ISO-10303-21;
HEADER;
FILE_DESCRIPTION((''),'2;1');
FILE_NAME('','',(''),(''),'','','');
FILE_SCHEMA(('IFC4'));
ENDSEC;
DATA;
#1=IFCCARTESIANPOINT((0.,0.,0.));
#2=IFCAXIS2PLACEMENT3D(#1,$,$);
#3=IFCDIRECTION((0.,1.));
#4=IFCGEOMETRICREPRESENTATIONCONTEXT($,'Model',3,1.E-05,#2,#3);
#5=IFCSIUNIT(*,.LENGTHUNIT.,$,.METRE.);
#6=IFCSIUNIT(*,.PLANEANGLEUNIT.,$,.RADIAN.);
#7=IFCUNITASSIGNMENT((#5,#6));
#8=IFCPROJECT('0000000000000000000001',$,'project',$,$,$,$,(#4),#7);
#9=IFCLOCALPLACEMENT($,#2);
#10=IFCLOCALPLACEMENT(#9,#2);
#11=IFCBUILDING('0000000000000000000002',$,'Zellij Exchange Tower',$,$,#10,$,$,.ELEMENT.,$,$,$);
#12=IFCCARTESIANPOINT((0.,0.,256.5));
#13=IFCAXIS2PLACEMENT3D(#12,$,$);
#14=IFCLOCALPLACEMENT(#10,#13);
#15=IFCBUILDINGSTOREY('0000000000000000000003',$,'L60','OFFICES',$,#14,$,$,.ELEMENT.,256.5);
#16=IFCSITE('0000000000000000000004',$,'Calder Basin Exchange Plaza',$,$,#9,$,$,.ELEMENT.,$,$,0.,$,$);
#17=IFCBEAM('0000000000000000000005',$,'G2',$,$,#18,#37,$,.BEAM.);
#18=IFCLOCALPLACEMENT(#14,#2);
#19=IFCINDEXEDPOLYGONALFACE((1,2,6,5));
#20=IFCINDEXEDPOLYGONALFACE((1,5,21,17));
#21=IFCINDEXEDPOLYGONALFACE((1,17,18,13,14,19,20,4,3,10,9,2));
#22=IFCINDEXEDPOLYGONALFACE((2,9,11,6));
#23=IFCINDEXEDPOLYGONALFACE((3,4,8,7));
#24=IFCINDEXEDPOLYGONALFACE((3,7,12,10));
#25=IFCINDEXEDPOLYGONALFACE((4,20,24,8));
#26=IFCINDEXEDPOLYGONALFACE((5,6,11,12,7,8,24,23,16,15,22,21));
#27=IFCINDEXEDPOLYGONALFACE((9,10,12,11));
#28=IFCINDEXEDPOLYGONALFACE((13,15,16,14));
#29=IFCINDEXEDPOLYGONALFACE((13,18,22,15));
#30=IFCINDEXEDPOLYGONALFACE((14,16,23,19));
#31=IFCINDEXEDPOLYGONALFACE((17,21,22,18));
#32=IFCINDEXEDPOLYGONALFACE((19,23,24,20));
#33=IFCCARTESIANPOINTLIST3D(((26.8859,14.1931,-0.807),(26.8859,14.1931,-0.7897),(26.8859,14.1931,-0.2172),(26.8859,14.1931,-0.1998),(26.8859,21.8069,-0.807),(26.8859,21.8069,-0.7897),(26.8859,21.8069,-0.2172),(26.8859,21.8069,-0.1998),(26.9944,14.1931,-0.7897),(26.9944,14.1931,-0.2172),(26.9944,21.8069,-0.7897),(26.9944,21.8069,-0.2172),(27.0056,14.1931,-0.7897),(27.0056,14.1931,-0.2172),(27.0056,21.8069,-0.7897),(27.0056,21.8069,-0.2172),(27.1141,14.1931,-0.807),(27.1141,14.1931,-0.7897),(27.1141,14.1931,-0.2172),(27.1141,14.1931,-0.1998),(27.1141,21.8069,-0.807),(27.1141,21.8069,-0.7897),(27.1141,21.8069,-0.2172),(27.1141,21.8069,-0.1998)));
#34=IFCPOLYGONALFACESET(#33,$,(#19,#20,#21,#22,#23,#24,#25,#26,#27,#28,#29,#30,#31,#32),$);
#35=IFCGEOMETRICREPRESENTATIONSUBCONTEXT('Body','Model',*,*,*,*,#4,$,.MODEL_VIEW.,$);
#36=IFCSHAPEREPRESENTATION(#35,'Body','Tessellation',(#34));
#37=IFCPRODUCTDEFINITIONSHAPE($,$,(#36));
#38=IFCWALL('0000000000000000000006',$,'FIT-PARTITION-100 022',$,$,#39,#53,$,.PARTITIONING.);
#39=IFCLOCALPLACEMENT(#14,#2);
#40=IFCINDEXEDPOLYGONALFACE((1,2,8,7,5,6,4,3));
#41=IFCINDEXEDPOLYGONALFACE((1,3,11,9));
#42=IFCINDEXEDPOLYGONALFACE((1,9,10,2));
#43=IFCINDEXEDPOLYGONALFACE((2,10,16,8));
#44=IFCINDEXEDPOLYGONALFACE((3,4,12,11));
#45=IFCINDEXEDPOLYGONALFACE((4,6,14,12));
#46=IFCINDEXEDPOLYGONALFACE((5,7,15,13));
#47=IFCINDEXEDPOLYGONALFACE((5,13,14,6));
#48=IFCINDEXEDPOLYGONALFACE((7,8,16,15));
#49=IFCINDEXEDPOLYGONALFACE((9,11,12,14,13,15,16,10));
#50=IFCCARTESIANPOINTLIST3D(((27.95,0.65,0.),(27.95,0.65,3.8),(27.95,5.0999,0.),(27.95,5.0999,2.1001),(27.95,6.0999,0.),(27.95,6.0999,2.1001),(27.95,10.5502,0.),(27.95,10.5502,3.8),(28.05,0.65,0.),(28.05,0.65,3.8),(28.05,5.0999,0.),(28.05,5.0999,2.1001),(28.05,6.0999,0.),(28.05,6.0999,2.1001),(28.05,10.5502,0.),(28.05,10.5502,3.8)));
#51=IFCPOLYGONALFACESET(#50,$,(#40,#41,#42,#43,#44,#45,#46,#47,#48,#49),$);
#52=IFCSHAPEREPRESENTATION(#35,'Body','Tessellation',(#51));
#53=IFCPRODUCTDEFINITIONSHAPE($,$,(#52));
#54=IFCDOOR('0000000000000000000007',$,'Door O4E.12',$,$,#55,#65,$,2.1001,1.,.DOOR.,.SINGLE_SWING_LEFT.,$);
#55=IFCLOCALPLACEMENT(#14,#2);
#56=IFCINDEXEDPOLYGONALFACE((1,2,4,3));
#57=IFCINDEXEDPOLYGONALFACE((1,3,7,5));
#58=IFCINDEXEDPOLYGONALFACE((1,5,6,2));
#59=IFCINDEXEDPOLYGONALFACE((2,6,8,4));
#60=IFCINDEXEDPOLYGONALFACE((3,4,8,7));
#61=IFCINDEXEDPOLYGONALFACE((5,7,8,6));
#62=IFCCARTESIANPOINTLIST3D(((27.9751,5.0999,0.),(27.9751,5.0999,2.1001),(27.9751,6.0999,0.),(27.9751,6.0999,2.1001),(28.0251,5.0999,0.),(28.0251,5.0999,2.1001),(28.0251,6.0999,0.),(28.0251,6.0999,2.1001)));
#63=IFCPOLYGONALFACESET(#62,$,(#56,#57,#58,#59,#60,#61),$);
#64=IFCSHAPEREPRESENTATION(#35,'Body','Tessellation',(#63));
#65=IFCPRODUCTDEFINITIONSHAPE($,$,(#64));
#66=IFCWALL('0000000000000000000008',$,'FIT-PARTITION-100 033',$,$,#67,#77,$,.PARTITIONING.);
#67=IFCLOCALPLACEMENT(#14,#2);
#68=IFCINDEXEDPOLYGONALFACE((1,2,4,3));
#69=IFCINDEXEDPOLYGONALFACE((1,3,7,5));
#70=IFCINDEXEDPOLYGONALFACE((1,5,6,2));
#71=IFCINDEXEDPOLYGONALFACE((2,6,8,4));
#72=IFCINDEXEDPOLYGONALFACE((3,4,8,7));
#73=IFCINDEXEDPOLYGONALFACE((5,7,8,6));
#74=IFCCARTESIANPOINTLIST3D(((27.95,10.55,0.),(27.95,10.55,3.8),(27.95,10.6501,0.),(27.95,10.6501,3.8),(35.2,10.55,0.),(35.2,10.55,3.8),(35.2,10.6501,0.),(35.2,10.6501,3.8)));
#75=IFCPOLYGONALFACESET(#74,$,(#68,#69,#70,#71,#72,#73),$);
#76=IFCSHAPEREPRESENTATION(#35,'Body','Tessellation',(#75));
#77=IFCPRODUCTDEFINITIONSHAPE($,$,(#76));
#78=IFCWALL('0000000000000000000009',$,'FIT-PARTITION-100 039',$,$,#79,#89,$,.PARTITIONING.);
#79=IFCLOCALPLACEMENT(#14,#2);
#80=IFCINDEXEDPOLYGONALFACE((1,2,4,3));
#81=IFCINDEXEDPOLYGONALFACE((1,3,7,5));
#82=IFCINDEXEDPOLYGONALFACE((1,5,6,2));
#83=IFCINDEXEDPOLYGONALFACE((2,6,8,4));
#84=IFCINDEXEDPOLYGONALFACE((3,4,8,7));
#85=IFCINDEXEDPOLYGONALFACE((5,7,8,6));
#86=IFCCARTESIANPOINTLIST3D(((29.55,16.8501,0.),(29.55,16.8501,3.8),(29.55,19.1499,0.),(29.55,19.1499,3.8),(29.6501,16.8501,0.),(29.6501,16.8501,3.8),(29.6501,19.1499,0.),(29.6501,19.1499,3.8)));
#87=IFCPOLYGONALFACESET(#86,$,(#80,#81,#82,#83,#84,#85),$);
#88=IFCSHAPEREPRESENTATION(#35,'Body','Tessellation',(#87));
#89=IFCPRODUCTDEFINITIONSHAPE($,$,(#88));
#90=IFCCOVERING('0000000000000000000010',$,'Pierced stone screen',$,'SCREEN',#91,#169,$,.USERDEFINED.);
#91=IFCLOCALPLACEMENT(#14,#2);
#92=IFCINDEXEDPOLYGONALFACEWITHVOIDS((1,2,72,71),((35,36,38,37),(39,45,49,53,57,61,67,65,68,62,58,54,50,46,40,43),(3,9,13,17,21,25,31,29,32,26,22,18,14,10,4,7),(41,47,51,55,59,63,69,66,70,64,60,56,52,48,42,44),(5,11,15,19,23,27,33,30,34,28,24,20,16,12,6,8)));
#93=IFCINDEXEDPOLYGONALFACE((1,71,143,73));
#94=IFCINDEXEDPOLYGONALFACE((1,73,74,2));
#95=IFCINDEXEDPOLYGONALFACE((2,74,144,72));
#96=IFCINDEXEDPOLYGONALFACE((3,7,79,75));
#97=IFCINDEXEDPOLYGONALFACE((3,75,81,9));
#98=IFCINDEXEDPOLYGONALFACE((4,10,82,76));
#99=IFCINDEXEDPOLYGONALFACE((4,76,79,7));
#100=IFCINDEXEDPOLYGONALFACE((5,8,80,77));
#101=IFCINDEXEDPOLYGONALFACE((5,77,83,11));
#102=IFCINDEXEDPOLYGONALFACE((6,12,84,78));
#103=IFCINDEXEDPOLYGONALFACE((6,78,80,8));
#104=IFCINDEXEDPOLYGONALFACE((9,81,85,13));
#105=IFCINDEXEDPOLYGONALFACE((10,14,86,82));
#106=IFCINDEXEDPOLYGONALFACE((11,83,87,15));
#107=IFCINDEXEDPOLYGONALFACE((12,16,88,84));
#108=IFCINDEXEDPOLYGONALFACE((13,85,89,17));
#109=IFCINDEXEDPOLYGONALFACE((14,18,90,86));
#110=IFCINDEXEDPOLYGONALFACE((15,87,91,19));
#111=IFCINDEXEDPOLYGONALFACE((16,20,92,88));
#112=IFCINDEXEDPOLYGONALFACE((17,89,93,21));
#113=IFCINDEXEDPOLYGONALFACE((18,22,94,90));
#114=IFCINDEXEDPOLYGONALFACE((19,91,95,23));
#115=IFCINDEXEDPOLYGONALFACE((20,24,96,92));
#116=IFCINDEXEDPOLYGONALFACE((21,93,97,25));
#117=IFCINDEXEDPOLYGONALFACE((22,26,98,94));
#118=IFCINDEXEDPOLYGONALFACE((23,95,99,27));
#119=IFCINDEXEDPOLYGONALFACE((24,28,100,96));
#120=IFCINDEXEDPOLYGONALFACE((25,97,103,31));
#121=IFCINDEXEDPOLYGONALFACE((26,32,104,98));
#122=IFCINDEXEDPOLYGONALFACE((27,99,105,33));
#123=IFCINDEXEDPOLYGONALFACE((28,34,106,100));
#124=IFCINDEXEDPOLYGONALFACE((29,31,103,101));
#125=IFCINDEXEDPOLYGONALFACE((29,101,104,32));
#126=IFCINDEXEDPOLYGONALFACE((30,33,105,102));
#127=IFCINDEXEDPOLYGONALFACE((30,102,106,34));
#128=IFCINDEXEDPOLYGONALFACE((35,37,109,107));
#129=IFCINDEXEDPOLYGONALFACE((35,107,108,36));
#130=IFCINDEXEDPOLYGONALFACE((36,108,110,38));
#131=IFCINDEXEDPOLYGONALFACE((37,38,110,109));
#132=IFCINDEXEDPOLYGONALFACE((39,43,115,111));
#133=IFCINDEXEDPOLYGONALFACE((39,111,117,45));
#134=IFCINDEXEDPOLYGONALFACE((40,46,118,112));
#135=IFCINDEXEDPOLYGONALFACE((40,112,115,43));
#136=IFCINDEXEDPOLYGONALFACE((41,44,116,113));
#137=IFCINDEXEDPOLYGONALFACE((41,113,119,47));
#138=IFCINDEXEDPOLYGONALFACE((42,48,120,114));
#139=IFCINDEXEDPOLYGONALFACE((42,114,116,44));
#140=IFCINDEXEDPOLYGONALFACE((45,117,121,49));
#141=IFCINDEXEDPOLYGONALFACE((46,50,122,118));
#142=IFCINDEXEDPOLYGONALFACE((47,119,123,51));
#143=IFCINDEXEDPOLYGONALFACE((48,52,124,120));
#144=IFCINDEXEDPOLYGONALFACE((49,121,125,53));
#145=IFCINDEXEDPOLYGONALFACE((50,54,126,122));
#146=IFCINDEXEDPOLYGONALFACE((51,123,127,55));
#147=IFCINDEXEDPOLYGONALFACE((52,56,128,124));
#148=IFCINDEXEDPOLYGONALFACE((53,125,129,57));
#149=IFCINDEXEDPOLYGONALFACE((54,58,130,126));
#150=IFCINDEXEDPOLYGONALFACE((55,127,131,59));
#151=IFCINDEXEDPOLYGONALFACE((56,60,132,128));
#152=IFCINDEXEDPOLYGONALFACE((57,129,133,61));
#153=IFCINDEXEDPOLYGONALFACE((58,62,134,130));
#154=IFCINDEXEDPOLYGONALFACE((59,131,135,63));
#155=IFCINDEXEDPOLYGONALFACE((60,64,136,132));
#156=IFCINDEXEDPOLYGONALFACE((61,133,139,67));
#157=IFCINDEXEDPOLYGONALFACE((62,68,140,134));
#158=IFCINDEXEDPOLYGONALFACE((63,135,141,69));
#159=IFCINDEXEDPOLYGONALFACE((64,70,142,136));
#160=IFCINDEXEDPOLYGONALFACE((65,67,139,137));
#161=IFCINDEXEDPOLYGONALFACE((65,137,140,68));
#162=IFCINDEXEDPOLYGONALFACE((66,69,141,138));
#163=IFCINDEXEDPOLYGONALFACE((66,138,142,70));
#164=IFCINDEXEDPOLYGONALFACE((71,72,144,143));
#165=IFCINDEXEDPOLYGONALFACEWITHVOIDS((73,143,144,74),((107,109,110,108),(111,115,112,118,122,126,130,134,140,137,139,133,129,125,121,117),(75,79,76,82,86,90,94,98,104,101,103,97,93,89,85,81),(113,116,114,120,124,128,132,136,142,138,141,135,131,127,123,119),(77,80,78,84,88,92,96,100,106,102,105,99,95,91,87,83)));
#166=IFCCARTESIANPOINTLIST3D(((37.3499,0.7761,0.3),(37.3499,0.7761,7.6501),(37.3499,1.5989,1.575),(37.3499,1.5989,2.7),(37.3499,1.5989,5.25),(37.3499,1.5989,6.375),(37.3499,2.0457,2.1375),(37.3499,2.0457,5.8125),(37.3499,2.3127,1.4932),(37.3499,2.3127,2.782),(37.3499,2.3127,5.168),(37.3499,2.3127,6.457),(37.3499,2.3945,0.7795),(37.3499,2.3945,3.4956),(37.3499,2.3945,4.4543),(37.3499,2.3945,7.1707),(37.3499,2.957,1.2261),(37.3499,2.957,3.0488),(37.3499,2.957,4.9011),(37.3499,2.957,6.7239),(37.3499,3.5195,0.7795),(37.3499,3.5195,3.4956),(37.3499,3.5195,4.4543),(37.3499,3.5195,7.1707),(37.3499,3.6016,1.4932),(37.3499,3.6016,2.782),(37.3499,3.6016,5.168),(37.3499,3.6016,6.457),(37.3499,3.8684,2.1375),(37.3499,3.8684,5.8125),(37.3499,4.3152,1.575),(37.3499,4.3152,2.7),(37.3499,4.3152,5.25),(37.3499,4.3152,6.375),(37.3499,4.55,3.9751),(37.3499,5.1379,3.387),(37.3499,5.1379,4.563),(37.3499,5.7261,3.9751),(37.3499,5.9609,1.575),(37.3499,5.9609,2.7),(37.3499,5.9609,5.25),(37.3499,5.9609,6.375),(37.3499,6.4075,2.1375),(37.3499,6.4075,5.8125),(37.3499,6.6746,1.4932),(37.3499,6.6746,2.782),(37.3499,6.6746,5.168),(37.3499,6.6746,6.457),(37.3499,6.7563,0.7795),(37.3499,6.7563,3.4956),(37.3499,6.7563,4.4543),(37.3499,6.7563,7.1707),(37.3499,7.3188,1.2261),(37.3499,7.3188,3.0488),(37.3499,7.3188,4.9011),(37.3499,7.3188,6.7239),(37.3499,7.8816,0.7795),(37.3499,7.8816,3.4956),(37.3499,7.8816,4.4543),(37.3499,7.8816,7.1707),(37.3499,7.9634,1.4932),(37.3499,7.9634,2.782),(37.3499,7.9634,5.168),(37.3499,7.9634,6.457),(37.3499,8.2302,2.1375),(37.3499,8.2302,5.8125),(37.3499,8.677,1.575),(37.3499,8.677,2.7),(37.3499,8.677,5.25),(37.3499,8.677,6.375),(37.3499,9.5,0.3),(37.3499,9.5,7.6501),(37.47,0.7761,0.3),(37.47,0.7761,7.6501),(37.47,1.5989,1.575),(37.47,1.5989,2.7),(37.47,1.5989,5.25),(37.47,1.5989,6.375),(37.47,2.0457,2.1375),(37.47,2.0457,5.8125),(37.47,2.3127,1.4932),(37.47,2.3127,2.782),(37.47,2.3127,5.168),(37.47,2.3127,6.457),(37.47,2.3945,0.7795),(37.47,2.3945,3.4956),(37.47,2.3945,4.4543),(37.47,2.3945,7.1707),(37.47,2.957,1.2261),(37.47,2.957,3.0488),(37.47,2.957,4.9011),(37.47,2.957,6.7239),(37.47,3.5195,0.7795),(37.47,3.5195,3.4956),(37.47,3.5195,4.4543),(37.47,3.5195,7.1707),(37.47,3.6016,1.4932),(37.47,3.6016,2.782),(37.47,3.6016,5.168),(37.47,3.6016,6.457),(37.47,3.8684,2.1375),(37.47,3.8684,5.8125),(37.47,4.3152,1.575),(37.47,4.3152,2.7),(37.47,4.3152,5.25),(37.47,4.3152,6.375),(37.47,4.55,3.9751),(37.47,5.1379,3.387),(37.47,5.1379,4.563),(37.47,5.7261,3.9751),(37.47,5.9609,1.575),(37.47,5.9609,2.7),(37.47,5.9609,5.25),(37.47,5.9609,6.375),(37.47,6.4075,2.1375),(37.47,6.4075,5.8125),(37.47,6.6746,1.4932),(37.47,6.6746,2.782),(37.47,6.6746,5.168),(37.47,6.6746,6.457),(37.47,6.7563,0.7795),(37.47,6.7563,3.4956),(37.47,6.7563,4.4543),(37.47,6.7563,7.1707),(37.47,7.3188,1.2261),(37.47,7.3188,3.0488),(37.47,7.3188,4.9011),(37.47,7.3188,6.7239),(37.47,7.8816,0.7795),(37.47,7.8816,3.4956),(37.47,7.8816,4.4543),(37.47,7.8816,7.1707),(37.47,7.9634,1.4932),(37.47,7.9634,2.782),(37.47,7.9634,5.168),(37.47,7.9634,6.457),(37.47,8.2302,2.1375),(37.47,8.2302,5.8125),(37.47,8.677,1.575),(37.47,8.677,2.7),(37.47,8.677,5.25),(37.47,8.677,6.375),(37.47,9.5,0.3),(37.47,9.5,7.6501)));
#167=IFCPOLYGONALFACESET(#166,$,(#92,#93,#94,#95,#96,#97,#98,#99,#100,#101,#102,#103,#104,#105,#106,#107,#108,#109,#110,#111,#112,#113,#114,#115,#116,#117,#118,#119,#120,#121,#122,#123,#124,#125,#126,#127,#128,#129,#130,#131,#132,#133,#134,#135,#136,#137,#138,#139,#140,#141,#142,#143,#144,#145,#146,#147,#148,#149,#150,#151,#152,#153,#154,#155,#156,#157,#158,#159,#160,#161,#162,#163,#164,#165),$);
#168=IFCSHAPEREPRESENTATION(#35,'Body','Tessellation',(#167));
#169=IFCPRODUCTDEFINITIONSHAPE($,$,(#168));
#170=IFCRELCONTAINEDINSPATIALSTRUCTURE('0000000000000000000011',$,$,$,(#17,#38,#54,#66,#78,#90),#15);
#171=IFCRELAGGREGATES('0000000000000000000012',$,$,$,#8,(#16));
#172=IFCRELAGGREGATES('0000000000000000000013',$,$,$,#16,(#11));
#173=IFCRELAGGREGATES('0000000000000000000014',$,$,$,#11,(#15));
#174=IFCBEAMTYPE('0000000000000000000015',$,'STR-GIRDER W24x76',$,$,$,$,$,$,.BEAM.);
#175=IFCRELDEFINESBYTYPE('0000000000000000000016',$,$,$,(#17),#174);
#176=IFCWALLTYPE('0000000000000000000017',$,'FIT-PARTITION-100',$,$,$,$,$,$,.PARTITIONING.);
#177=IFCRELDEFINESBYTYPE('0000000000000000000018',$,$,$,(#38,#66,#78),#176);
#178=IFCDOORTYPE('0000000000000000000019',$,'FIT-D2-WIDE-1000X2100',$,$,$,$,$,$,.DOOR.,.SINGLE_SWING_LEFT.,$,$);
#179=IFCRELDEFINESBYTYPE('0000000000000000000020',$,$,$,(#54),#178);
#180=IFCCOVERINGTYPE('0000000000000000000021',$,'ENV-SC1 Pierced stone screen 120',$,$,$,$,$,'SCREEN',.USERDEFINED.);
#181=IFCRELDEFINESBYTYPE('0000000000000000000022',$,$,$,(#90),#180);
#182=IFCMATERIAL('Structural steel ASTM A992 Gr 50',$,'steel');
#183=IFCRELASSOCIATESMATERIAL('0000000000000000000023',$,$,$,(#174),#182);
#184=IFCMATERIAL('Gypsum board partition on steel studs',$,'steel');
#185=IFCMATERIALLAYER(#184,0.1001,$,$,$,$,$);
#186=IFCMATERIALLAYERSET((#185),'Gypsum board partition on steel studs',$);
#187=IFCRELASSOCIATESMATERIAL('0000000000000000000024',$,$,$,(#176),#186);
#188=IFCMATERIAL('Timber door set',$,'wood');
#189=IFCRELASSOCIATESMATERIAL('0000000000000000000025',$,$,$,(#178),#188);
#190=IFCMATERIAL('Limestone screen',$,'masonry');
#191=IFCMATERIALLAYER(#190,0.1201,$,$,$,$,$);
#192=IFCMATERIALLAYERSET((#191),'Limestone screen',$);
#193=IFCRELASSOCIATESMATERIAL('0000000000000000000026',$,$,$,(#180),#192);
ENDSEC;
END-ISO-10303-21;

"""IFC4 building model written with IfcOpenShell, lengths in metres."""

from ifc_helpers import new_model, si_unit, direction, frame, frame_2d, origin, origin_2d, place, context, subcontext, project, spatial, polyline, rectangle, i_section, outline, extrude, material, layer, layer_set, material_profile, profile_set, type_object, element, fill, save


model = new_model("IFC4")

# Units and contexts
model_context = context("Model", 3, precision=1e-05, world=origin(), true_north=direction((0.0, 1.0)))
body_context = subcontext(model_context, "Body", "Model", "MODEL_VIEW")
ifc_project = project(units=[si_unit("LENGTHUNIT", "METRE"), si_unit("PLANEANGLEUNIT", "RADIAN")], contexts=[model_context])

# Site, building, storey
site_placement = place(None, origin())
site = spatial("IfcSite", under=ifc_project, at=site_placement, Name="Calder Basin Exchange Plaza", CompositionType="ELEMENT", RefElevation=0.0)
building_placement = place(site_placement, origin())
building = spatial("IfcBuilding", under=site, at=building_placement, Name="Zellij Exchange Tower", CompositionType="ELEMENT")
storey_placement = place(building_placement, frame((0.0, 0.0, 256.5)))
storey = spatial("IfcBuildingStorey", under=building, at=storey_placement, Name="L60", Description="OFFICES", CompositionType="ELEMENT", Elevation=256.5)

# Shared definitions
ifc_material_1 = material(Name="Structural steel ASTM A992 Gr 50", Category="steel")

# Beam
ifc_material_profile_1 = material_profile(ifc_material_1, i_section(OverallWidth=0.2283, OverallDepth=0.6072, WebThickness=0.0112, FlangeThickness=0.0173, at=origin_2d()), Name="W24x76")
ifc_profile_set_1 = profile_set([ifc_material_profile_1], Name="Structural steel ASTM A992 Gr 50")
beam_type_1 = type_object("IfcBeamType", Name="STR-GIRDER W24x76", PredefinedType="BEAM", material=ifc_profile_set_1)
beam_1_placement = place(storey_placement, frame((27.0, 14.1931, -0.5034), z_axis=(0.0, 1.0, 0.0), x_axis=(-1.0, 0.0, 0.0)))
element("IfcBeam", 1, at=beam_1_placement, inside=storey, type_object=beam_type_1, Name="G2", PredefinedType="BEAM", context=body_context, shape_type="SweptSolid", body=[
    extrude(i_section(OverallWidth=0.2283, OverallDepth=0.6072, WebThickness=0.0112, FlangeThickness=0.0173, at=origin_2d()), origin(), (0.0, 0.0, 1.0), 7.6138),
])

# Wall, opening, door
ifc_material_2 = material(Name="Gypsum board partition on steel studs", Category="steel")
ifc_layer_1 = layer(ifc_material_2, 0.1001)
ifc_layer_set_1 = layer_set([ifc_layer_1], Name="Gypsum board partition on steel studs")
wall_type = type_object("IfcWallType", Name="FIT-PARTITION-100", PredefinedType="PARTITIONING", material=ifc_layer_set_1)
wall_1_placement = place(storey_placement, frame((28.0, 0.6499, 0.0), z_axis=(0.0, 0.0, 1.0), x_axis=(0.0, 1.0, 0.0)))
wall_1 = element("IfcWall", 2, at=wall_1_placement, inside=storey, type_object=wall_type, Name="FIT-PARTITION-100 022", PredefinedType="PARTITIONING", context=body_context, shape_type="SweptSolid", body=[
    extrude(rectangle(XDim=9.9001, YDim=0.1001, at=frame_2d((4.9502, 0.0))), origin(), (0.0, 0.0, 1.0), 3.8),
])
opening_placement = place(wall_1_placement, frame((4.45, 0.0, 0.0)))
opening = element("IfcOpeningElement", 3, at=opening_placement, cuts=wall_1, PredefinedType="OPENING", context=body_context, shape_type="SweptSolid", body=[
    extrude(rectangle(XDim=1.0, YDim=2.1001, at=frame_2d((0.5, 1.05))), frame((0.0, 0.062, 0.0), z_axis=(0.0, -1.0, 0.0), x_axis=(1.0, 0.0, 0.0)), (0.0, 0.0, 1.0), 0.124),
])
ifc_material_3 = material(Name="Timber door set", Category="wood")
door_type = type_object("IfcDoorType", Name="FIT-D2-WIDE-1000X2100", OperationType="SINGLE_SWING_LEFT", PredefinedType="DOOR", material=ifc_material_3)
door_placement = place(opening_placement, origin())
door = element("IfcDoor", 4, at=door_placement, inside=storey, type_object=door_type, Name="Door O4E.12", OperationType="SINGLE_SWING_LEFT", OverallHeight=2.1001, OverallWidth=1.0, PredefinedType="DOOR", context=body_context, shape_type="SweptSolid", body=[
    extrude(rectangle(XDim=1.0, YDim=2.1001, at=frame_2d((0.5, 1.05))), frame((0.0, 0.0249, 0.0), z_axis=(0.0, -1.0, 0.0), x_axis=(1.0, 0.0, 0.0)), (0.0, 0.0, 1.0), 0.05),
])
fill(opening, door)

# Walls
wall_2_placement = place(storey_placement, frame((27.95, 10.6001, 0.0), z_axis=(0.0, 0.0, 1.0), x_axis=(1.0, 0.0, 0.0)))
element("IfcWall", 5, at=wall_2_placement, inside=storey, type_object=wall_type, Name="FIT-PARTITION-100 033", PredefinedType="PARTITIONING", context=body_context, shape_type="SweptSolid", body=[
    extrude(rectangle(XDim=7.25, YDim=0.1001, at=frame_2d((3.625, 0.0))), origin(), (0.0, 0.0, 1.0), 3.8),
])
wall_3_placement = place(storey_placement, frame((29.6001, 16.8501, 0.0), z_axis=(0.0, 0.0, 1.0), x_axis=(0.0, 1.0, 0.0)))
element("IfcWall", 6, at=wall_3_placement, inside=storey, type_object=wall_type, Name="FIT-PARTITION-100 039", PredefinedType="PARTITIONING", context=body_context, shape_type="SweptSolid", body=[
    extrude(rectangle(XDim=2.2998, YDim=0.1001, at=frame_2d((1.1499, 0.0))), origin(), (0.0, 0.0, 1.0), 3.8),
])

# Covering
ifc_material_4 = material(Name="Limestone screen", Category="masonry")
ifc_layer_2 = layer(ifc_material_4, 0.1201)
ifc_layer_set_2 = layer_set([ifc_layer_2], Name="Limestone screen")
covering_type = type_object("IfcCoveringType", Name="ENV-SC1 Pierced stone screen 120", ElementType="SCREEN", PredefinedType="USERDEFINED", material=ifc_layer_set_2)
covering_1_placement = place(storey_placement, frame((37.4099, 0.7761, 0.3), z_axis=(0.0, 0.0, 1.0), x_axis=(0.0, 1.0, 0.0)))
element("IfcCovering", 7, at=covering_1_placement, inside=storey, type_object=covering_type, Name="Pierced stone screen", ObjectType="SCREEN", PredefinedType="USERDEFINED", context=body_context, shape_type="SweptSolid", body=[
    extrude(outline(polyline([(0.0, 0.0), (8.7239, 0.0), (8.7239, 7.3501), (0.0, 7.3501), (0.0, 0.0)]), holes=[polyline([(3.5391, 2.3999), (2.8254, 2.4819), (2.7434, 3.1956), (2.1809, 2.7488), (1.6184, 3.1956), (1.5366, 2.4819), (0.8228, 2.3999), (1.2695, 1.8374), (0.8228, 1.2749), (1.5366, 1.1931), (1.6184, 0.4795), (2.1809, 0.926), (2.7434, 0.4795), (2.8254, 1.1931), (3.5391, 1.2749), (3.0923, 1.8374), (3.5391, 2.3999)]), polyline([(3.5391, 6.075), (2.8254, 6.157), (2.7434, 6.8706), (2.1809, 6.4238), (1.6184, 6.8706), (1.5366, 6.157), (0.8228, 6.075), (1.2695, 5.5125), (0.8228, 4.95), (1.5366, 4.8679), (1.6184, 4.1543), (2.1809, 4.6011), (2.7434, 4.1543), (2.8254, 4.8679), (3.5391, 4.95), (3.0923, 5.5125), (3.5391, 6.075)]), polyline([(7.9009, 2.3999), (7.1873, 2.4819), (7.1055, 3.1956), (6.5427, 2.7488), (5.9802, 3.1956), (5.8984, 2.4819), (5.1848, 2.3999), (5.6313, 1.8374), (5.1848, 1.2749), (5.8984, 1.1931), (5.9802, 0.4795), (6.5427, 0.926), (7.1055, 0.4795), (7.1873, 1.1931), (7.9009, 1.2749), (7.4541, 1.8374), (7.9009, 2.3999)]), polyline([(7.9009, 6.075), (7.1873, 6.157), (7.1055, 6.8706), (6.5427, 6.4238), (5.9802, 6.8706), (5.8984, 6.157), (5.1848, 6.075), (5.6313, 5.5125), (5.1848, 4.95), (5.8984, 4.8679), (5.9802, 4.1543), (6.5427, 4.6011), (7.1055, 4.1543), (7.1873, 4.8679), (7.9009, 4.95), (7.4541, 5.5125), (7.9009, 6.075)]), polyline([(4.95, 3.675), (4.3618, 4.2629), (3.7739, 3.675), (4.3618, 3.0869), (4.95, 3.675)])]), frame((0.0, 0.0601, 0.0), z_axis=(0.0, -1.0, 0.0), x_axis=(1.0, 0.0, 0.0)), (0.0, 0.0, 1.0), 0.1201),
])

save(model, "model.ifc")
